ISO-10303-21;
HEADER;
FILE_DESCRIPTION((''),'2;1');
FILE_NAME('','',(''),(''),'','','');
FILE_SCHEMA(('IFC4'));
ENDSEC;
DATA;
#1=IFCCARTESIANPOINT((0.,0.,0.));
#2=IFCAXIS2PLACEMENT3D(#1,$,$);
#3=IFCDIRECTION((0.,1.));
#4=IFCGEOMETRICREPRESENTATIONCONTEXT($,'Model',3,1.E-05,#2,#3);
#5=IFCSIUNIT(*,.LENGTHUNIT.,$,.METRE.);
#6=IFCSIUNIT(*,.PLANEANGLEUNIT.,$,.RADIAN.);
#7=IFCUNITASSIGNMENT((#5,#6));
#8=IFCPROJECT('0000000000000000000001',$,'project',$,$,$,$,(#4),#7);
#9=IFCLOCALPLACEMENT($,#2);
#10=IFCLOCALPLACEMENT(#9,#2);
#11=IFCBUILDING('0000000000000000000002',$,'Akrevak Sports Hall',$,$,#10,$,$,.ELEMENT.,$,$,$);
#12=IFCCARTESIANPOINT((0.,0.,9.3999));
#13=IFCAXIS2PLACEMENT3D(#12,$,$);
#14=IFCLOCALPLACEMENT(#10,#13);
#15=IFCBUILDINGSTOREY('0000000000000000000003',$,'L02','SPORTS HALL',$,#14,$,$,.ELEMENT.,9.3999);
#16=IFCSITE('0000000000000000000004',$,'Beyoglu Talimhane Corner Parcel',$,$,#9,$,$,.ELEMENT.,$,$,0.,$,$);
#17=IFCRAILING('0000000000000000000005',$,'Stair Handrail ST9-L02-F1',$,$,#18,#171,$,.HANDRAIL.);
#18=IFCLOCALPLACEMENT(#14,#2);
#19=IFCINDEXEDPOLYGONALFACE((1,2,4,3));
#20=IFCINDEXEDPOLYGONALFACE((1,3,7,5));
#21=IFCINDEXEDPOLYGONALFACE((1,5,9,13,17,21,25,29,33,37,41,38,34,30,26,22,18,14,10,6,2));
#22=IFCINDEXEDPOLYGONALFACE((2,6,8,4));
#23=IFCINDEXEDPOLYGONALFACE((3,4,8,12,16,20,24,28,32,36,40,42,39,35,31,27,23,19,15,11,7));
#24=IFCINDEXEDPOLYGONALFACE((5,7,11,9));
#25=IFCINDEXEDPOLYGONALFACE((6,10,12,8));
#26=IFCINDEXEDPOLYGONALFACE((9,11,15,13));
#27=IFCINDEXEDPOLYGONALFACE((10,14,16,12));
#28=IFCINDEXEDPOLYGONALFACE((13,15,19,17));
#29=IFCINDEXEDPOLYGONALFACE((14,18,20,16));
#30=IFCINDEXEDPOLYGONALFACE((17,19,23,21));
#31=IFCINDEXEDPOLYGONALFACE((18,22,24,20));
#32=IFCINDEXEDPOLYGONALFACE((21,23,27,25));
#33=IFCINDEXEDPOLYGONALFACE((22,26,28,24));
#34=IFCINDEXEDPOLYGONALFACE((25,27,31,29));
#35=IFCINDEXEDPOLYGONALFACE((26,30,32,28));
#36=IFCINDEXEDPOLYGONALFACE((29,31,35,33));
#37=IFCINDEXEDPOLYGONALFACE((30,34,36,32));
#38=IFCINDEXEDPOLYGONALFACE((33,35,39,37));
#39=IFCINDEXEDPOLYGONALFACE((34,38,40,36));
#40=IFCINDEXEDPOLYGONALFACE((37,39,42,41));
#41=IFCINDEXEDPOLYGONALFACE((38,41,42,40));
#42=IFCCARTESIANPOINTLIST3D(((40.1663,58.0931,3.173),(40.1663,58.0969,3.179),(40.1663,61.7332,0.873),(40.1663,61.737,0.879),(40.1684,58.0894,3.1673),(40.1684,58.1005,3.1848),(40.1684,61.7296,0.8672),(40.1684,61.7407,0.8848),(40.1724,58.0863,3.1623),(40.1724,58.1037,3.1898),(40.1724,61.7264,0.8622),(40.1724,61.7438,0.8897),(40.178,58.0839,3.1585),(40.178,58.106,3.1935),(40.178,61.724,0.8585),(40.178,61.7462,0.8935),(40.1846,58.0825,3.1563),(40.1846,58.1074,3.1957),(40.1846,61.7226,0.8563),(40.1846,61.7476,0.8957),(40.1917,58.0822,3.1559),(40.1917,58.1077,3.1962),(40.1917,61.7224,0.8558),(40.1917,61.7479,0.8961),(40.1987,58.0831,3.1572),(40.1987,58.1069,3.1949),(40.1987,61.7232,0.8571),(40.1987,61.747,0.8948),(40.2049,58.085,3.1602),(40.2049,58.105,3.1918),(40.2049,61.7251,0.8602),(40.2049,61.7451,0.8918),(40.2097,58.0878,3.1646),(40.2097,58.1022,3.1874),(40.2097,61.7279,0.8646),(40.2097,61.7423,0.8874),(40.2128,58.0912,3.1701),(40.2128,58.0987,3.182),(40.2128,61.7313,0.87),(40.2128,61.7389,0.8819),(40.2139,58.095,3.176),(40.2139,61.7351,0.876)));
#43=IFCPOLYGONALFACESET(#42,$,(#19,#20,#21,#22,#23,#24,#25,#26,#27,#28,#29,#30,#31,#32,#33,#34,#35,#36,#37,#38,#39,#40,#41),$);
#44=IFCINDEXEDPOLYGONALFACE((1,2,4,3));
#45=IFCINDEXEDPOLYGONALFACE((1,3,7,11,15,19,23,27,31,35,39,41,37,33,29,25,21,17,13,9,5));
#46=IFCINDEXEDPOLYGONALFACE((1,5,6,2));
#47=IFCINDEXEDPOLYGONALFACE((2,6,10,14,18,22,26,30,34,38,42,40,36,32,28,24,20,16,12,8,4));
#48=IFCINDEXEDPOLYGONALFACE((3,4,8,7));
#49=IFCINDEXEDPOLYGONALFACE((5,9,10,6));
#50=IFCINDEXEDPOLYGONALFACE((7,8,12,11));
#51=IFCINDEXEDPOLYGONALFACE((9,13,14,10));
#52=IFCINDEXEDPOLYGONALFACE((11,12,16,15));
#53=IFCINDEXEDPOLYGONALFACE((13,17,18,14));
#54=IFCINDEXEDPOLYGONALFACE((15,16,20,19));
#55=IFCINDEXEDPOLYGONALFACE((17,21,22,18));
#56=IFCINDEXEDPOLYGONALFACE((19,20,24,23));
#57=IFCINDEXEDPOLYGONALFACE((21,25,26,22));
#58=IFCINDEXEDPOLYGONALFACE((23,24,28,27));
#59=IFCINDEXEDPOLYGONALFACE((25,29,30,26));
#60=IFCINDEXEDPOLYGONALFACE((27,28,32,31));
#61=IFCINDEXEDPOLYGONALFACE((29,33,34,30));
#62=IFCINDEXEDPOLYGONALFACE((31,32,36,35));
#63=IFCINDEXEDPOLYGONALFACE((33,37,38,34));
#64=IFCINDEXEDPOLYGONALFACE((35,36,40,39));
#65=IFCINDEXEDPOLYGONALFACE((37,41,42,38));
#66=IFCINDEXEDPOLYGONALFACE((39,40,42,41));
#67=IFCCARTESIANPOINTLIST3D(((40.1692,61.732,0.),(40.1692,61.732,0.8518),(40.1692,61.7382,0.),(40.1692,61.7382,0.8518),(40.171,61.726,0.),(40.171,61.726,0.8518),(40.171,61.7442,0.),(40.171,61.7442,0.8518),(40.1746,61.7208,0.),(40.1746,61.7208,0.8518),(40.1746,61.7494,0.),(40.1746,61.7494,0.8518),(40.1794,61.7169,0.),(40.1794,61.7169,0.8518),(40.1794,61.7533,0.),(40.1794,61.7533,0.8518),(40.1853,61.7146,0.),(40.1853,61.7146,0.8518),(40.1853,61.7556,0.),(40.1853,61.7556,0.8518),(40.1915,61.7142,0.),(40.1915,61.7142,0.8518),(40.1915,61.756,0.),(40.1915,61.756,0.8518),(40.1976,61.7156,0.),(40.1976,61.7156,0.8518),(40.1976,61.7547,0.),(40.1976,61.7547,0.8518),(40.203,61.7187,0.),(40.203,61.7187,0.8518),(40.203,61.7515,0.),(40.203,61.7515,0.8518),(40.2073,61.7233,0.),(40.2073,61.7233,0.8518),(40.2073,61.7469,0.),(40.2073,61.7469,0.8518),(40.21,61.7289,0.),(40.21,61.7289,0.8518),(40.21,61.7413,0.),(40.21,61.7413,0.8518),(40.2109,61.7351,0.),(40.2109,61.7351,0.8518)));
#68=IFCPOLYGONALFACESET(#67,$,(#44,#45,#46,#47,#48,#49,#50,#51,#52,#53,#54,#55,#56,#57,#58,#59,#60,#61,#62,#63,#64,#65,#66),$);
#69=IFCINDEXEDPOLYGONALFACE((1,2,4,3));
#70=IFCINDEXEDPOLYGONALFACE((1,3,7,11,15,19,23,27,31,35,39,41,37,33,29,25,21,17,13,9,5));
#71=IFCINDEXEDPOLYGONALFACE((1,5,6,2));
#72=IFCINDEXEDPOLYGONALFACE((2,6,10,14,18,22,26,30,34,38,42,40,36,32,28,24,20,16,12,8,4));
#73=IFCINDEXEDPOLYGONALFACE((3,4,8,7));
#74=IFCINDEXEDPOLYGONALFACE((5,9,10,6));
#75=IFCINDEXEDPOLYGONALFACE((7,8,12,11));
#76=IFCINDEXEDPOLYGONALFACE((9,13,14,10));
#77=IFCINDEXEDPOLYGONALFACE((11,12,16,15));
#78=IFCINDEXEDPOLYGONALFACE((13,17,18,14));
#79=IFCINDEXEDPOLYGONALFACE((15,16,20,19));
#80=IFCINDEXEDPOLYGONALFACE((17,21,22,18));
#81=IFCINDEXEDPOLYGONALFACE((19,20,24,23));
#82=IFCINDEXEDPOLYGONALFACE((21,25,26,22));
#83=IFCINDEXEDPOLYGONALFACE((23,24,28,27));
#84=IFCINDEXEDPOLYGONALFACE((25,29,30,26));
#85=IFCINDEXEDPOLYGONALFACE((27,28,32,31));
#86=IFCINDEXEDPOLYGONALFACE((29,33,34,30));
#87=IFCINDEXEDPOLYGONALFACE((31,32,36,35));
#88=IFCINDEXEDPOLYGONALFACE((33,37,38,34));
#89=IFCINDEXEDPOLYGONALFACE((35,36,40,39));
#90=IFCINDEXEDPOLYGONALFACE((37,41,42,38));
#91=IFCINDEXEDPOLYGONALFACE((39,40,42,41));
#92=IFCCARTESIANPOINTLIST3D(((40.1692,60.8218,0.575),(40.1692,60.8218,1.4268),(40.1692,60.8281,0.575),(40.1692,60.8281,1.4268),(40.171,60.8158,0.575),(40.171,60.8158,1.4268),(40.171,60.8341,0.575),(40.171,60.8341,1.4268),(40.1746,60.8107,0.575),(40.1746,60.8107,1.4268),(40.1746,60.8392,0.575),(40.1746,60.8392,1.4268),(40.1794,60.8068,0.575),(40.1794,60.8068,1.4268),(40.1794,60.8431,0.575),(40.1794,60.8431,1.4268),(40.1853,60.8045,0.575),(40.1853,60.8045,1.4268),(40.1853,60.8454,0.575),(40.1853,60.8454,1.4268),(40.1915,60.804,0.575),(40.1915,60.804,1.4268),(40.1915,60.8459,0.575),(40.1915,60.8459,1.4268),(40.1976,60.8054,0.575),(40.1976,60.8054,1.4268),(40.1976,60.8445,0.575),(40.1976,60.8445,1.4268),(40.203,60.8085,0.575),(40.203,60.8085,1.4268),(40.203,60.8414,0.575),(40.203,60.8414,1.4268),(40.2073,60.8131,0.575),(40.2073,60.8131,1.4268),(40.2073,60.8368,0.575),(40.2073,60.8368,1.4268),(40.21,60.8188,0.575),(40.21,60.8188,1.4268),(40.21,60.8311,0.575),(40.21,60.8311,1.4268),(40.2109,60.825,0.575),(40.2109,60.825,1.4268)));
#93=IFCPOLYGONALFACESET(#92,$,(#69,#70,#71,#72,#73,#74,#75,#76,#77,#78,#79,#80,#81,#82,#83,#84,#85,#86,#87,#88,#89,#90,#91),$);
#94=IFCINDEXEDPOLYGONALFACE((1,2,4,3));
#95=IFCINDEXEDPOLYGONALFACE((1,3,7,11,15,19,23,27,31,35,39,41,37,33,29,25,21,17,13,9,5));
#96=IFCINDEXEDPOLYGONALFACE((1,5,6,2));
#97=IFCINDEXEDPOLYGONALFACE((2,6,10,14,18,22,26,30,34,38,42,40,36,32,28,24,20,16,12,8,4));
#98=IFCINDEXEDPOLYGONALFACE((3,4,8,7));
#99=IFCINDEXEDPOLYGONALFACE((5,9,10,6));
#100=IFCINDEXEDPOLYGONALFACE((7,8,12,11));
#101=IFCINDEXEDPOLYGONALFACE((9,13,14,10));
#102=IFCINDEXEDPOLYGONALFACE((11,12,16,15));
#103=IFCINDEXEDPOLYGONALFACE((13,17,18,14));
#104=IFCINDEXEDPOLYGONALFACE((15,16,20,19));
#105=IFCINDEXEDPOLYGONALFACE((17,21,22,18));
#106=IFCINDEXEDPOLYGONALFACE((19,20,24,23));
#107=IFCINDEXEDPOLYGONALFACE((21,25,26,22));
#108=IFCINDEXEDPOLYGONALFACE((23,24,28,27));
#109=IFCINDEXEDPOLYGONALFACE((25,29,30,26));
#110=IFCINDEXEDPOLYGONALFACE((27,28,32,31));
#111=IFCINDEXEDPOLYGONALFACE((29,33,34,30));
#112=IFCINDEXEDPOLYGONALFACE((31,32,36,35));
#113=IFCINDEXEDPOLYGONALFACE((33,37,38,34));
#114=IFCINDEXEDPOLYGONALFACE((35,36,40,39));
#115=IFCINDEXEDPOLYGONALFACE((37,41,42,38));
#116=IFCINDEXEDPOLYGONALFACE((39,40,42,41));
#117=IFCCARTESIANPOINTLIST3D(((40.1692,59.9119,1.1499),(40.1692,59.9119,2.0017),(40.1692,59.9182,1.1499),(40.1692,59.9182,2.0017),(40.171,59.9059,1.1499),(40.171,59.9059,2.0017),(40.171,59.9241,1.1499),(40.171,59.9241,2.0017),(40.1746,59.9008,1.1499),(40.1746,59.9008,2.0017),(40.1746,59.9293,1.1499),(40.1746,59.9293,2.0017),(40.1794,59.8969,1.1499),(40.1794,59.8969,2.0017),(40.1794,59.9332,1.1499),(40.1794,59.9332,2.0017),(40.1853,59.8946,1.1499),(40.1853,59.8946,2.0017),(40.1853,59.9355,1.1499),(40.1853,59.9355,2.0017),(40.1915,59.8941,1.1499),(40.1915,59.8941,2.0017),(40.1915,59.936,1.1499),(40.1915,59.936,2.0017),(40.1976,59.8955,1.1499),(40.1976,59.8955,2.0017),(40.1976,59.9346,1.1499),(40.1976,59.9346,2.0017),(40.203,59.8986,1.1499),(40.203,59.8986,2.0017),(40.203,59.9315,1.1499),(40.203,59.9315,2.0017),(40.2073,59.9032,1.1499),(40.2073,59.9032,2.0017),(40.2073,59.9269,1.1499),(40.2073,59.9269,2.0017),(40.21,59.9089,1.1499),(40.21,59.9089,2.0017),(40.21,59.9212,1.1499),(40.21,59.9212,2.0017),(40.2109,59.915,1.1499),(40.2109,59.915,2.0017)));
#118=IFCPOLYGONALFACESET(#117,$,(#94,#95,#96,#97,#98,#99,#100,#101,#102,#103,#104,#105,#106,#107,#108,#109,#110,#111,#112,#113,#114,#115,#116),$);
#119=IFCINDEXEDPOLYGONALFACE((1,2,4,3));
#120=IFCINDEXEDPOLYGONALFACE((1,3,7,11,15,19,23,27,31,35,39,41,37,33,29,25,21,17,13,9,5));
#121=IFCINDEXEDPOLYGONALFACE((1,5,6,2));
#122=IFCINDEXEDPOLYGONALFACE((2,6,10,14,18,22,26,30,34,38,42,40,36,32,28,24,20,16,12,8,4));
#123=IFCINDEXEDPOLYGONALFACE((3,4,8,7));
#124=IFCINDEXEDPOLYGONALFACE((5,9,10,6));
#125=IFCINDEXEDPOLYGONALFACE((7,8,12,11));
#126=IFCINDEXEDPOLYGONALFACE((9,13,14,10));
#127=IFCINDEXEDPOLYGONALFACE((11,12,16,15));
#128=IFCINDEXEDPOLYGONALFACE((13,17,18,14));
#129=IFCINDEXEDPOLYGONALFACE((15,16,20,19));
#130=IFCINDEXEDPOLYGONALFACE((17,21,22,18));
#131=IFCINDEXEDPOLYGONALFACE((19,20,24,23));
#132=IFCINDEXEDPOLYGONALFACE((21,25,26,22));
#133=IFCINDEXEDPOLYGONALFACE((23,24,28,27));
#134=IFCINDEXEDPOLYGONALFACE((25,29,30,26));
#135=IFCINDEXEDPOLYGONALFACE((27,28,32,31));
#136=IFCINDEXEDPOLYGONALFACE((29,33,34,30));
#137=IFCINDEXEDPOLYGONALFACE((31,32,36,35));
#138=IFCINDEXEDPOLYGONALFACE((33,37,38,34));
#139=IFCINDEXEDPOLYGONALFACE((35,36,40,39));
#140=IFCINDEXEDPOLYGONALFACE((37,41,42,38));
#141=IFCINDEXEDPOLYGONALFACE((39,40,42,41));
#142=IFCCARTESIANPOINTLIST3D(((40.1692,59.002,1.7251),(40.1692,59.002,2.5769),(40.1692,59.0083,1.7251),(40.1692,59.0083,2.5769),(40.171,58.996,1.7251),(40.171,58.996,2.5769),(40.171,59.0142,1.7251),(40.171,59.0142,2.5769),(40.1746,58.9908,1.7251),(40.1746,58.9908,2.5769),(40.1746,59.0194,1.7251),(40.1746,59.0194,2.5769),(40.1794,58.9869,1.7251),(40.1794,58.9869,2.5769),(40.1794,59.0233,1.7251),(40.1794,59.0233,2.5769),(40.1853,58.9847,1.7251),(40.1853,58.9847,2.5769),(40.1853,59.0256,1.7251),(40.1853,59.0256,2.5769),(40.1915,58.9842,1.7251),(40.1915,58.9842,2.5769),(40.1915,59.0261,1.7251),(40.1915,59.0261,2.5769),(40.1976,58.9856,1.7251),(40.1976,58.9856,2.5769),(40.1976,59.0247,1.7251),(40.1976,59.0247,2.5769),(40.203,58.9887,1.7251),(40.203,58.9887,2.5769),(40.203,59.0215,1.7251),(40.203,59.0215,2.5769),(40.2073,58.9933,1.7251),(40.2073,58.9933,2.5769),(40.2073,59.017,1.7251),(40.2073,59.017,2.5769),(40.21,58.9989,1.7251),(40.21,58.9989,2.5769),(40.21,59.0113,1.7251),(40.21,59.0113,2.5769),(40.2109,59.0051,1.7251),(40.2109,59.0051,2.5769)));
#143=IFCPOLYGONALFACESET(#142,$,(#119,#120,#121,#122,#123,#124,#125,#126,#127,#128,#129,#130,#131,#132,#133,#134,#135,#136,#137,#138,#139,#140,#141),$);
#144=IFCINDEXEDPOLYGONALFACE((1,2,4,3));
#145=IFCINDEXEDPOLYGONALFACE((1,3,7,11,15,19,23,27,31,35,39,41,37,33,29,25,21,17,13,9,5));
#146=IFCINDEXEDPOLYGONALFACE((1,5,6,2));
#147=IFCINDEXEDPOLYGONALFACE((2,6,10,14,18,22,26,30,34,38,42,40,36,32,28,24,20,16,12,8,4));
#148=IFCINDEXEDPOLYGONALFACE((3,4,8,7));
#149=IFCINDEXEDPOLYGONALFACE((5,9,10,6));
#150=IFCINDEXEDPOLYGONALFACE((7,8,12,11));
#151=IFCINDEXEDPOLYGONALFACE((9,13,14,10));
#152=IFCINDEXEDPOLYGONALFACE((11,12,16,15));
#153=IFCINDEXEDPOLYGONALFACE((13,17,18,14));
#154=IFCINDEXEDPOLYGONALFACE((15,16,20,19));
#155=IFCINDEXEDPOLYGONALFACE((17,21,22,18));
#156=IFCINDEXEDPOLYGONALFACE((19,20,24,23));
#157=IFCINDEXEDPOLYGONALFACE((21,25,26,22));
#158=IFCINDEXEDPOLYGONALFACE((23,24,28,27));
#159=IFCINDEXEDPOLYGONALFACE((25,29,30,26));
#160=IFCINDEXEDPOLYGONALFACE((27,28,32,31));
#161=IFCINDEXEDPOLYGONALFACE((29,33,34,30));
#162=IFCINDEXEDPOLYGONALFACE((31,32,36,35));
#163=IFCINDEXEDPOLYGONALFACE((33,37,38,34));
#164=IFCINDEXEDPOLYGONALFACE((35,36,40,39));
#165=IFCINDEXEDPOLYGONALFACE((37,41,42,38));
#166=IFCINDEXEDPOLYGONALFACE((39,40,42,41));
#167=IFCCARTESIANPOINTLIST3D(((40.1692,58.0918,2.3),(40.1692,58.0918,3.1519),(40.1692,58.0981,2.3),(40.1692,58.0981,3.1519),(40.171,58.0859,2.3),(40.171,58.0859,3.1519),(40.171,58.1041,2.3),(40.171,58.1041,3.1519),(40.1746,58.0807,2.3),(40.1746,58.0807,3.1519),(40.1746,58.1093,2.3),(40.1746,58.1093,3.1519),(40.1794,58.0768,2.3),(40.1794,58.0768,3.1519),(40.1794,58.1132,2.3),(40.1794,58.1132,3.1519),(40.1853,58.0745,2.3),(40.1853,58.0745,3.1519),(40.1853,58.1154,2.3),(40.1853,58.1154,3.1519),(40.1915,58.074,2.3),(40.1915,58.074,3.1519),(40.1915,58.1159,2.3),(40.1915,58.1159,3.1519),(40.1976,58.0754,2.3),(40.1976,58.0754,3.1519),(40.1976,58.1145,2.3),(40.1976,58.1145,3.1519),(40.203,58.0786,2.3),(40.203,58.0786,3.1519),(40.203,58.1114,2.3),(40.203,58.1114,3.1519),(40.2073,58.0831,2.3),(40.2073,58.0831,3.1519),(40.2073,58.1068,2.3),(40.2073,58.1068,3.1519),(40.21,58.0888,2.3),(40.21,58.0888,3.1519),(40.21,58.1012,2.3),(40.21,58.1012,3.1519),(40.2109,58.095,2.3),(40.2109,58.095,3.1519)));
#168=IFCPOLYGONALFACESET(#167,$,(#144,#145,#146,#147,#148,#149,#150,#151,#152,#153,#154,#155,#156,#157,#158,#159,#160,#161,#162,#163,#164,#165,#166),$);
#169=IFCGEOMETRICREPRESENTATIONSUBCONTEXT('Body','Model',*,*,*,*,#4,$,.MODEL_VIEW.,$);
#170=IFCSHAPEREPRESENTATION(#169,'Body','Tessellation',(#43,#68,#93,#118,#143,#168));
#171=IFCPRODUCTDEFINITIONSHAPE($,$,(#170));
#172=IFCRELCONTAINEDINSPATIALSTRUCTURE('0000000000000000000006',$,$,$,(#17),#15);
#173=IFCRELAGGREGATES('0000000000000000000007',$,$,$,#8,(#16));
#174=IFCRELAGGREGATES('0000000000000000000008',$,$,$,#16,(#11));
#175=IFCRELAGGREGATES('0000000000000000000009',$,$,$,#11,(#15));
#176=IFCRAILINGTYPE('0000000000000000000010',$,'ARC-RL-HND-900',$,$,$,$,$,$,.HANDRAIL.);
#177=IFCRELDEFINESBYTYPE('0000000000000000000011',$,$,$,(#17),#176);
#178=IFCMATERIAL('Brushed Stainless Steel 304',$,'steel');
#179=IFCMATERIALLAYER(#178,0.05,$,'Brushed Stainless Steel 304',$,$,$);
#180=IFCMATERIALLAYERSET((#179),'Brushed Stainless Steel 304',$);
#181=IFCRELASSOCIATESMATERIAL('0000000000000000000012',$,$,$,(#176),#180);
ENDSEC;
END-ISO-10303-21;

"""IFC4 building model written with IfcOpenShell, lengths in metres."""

from ifc_helpers import new_model, si_unit, direction, frame, origin, origin_2d, place, context, subcontext, project, spatial, circle, extrude, material, layer, layer_set, type_object, element, save


model = new_model("IFC4")

# Units and contexts
model_context = context("Model", 3, precision=1e-05, world=origin(), true_north=direction((0.0, 1.0)))
body_context = subcontext(model_context, "Body", "Model", "MODEL_VIEW")
ifc_project = project(units=[si_unit("LENGTHUNIT", "METRE"), si_unit("PLANEANGLEUNIT", "RADIAN")], contexts=[model_context])

# Site, building, storey
site_placement = place(None, origin())
site = spatial("IfcSite", under=ifc_project, at=site_placement, Name="Beyoglu Talimhane Corner Parcel", CompositionType="ELEMENT", RefElevation=0.0)
building_placement = place(site_placement, origin())
building = spatial("IfcBuilding", under=site, at=building_placement, Name="Akrevak Sports Hall", CompositionType="ELEMENT")
storey_placement = place(building_placement, frame((0.0, 0.0, 9.3999)))
storey = spatial("IfcBuildingStorey", under=building, at=storey_placement, Name="L02", Description="SPORTS HALL", CompositionType="ELEMENT", Elevation=9.3999)

# Railing
ifc_material_1 = material(Name="Brushed Stainless Steel 304", Category="steel")
ifc_layer_1 = layer(ifc_material_1, 0.05, Name="Brushed Stainless Steel 304")
ifc_layer_set_1 = layer_set([ifc_layer_1], Name="Brushed Stainless Steel 304")
railing_type_1 = type_object("IfcRailingType", Name="ARC-RL-HND-900", PredefinedType="HANDRAIL", material=ifc_layer_set_1)
railing_1_placement = place(storey_placement, frame((40.1899, 61.7351, 0.0)))
element("IfcRailing", 1, at=railing_1_placement, inside=storey, type_object=railing_type_1, Name="Stair Handrail ST9-L02-F1", PredefinedType="HANDRAIL", context=body_context, shape_type="SweptSolid", body=[
    extrude(circle(Radius=0.0239, at=origin_2d()), frame((0.0, 0.0, 0.876), z_axis=(0.0, -0.845382, 0.534162), x_axis=(1.0, 0.0, 0.0)), (0.0, 0.0, 1.0), 4.3059),
    extrude(circle(Radius=0.021, at=origin_2d()), origin(), (0.0, 0.0, 1.0), 0.8518),
    extrude(circle(Radius=0.021, at=origin_2d()), frame((0.0, -0.9102, 0.575)), (0.0, 0.0, 1.0), 0.8518),
    extrude(circle(Radius=0.021, at=origin_2d()), frame((0.0, -1.8201, 1.1499)), (0.0, 0.0, 1.0), 0.8518),
    extrude(circle(Radius=0.021, at=origin_2d()), frame((0.0, -2.73, 1.7251)), (0.0, 0.0, 1.0), 0.8518),
    extrude(circle(Radius=0.021, at=origin_2d()), frame((0.0, -3.6401, 2.3)), (0.0, 0.0, 1.0), 0.8518),
])

save(model, "model.ifc")
